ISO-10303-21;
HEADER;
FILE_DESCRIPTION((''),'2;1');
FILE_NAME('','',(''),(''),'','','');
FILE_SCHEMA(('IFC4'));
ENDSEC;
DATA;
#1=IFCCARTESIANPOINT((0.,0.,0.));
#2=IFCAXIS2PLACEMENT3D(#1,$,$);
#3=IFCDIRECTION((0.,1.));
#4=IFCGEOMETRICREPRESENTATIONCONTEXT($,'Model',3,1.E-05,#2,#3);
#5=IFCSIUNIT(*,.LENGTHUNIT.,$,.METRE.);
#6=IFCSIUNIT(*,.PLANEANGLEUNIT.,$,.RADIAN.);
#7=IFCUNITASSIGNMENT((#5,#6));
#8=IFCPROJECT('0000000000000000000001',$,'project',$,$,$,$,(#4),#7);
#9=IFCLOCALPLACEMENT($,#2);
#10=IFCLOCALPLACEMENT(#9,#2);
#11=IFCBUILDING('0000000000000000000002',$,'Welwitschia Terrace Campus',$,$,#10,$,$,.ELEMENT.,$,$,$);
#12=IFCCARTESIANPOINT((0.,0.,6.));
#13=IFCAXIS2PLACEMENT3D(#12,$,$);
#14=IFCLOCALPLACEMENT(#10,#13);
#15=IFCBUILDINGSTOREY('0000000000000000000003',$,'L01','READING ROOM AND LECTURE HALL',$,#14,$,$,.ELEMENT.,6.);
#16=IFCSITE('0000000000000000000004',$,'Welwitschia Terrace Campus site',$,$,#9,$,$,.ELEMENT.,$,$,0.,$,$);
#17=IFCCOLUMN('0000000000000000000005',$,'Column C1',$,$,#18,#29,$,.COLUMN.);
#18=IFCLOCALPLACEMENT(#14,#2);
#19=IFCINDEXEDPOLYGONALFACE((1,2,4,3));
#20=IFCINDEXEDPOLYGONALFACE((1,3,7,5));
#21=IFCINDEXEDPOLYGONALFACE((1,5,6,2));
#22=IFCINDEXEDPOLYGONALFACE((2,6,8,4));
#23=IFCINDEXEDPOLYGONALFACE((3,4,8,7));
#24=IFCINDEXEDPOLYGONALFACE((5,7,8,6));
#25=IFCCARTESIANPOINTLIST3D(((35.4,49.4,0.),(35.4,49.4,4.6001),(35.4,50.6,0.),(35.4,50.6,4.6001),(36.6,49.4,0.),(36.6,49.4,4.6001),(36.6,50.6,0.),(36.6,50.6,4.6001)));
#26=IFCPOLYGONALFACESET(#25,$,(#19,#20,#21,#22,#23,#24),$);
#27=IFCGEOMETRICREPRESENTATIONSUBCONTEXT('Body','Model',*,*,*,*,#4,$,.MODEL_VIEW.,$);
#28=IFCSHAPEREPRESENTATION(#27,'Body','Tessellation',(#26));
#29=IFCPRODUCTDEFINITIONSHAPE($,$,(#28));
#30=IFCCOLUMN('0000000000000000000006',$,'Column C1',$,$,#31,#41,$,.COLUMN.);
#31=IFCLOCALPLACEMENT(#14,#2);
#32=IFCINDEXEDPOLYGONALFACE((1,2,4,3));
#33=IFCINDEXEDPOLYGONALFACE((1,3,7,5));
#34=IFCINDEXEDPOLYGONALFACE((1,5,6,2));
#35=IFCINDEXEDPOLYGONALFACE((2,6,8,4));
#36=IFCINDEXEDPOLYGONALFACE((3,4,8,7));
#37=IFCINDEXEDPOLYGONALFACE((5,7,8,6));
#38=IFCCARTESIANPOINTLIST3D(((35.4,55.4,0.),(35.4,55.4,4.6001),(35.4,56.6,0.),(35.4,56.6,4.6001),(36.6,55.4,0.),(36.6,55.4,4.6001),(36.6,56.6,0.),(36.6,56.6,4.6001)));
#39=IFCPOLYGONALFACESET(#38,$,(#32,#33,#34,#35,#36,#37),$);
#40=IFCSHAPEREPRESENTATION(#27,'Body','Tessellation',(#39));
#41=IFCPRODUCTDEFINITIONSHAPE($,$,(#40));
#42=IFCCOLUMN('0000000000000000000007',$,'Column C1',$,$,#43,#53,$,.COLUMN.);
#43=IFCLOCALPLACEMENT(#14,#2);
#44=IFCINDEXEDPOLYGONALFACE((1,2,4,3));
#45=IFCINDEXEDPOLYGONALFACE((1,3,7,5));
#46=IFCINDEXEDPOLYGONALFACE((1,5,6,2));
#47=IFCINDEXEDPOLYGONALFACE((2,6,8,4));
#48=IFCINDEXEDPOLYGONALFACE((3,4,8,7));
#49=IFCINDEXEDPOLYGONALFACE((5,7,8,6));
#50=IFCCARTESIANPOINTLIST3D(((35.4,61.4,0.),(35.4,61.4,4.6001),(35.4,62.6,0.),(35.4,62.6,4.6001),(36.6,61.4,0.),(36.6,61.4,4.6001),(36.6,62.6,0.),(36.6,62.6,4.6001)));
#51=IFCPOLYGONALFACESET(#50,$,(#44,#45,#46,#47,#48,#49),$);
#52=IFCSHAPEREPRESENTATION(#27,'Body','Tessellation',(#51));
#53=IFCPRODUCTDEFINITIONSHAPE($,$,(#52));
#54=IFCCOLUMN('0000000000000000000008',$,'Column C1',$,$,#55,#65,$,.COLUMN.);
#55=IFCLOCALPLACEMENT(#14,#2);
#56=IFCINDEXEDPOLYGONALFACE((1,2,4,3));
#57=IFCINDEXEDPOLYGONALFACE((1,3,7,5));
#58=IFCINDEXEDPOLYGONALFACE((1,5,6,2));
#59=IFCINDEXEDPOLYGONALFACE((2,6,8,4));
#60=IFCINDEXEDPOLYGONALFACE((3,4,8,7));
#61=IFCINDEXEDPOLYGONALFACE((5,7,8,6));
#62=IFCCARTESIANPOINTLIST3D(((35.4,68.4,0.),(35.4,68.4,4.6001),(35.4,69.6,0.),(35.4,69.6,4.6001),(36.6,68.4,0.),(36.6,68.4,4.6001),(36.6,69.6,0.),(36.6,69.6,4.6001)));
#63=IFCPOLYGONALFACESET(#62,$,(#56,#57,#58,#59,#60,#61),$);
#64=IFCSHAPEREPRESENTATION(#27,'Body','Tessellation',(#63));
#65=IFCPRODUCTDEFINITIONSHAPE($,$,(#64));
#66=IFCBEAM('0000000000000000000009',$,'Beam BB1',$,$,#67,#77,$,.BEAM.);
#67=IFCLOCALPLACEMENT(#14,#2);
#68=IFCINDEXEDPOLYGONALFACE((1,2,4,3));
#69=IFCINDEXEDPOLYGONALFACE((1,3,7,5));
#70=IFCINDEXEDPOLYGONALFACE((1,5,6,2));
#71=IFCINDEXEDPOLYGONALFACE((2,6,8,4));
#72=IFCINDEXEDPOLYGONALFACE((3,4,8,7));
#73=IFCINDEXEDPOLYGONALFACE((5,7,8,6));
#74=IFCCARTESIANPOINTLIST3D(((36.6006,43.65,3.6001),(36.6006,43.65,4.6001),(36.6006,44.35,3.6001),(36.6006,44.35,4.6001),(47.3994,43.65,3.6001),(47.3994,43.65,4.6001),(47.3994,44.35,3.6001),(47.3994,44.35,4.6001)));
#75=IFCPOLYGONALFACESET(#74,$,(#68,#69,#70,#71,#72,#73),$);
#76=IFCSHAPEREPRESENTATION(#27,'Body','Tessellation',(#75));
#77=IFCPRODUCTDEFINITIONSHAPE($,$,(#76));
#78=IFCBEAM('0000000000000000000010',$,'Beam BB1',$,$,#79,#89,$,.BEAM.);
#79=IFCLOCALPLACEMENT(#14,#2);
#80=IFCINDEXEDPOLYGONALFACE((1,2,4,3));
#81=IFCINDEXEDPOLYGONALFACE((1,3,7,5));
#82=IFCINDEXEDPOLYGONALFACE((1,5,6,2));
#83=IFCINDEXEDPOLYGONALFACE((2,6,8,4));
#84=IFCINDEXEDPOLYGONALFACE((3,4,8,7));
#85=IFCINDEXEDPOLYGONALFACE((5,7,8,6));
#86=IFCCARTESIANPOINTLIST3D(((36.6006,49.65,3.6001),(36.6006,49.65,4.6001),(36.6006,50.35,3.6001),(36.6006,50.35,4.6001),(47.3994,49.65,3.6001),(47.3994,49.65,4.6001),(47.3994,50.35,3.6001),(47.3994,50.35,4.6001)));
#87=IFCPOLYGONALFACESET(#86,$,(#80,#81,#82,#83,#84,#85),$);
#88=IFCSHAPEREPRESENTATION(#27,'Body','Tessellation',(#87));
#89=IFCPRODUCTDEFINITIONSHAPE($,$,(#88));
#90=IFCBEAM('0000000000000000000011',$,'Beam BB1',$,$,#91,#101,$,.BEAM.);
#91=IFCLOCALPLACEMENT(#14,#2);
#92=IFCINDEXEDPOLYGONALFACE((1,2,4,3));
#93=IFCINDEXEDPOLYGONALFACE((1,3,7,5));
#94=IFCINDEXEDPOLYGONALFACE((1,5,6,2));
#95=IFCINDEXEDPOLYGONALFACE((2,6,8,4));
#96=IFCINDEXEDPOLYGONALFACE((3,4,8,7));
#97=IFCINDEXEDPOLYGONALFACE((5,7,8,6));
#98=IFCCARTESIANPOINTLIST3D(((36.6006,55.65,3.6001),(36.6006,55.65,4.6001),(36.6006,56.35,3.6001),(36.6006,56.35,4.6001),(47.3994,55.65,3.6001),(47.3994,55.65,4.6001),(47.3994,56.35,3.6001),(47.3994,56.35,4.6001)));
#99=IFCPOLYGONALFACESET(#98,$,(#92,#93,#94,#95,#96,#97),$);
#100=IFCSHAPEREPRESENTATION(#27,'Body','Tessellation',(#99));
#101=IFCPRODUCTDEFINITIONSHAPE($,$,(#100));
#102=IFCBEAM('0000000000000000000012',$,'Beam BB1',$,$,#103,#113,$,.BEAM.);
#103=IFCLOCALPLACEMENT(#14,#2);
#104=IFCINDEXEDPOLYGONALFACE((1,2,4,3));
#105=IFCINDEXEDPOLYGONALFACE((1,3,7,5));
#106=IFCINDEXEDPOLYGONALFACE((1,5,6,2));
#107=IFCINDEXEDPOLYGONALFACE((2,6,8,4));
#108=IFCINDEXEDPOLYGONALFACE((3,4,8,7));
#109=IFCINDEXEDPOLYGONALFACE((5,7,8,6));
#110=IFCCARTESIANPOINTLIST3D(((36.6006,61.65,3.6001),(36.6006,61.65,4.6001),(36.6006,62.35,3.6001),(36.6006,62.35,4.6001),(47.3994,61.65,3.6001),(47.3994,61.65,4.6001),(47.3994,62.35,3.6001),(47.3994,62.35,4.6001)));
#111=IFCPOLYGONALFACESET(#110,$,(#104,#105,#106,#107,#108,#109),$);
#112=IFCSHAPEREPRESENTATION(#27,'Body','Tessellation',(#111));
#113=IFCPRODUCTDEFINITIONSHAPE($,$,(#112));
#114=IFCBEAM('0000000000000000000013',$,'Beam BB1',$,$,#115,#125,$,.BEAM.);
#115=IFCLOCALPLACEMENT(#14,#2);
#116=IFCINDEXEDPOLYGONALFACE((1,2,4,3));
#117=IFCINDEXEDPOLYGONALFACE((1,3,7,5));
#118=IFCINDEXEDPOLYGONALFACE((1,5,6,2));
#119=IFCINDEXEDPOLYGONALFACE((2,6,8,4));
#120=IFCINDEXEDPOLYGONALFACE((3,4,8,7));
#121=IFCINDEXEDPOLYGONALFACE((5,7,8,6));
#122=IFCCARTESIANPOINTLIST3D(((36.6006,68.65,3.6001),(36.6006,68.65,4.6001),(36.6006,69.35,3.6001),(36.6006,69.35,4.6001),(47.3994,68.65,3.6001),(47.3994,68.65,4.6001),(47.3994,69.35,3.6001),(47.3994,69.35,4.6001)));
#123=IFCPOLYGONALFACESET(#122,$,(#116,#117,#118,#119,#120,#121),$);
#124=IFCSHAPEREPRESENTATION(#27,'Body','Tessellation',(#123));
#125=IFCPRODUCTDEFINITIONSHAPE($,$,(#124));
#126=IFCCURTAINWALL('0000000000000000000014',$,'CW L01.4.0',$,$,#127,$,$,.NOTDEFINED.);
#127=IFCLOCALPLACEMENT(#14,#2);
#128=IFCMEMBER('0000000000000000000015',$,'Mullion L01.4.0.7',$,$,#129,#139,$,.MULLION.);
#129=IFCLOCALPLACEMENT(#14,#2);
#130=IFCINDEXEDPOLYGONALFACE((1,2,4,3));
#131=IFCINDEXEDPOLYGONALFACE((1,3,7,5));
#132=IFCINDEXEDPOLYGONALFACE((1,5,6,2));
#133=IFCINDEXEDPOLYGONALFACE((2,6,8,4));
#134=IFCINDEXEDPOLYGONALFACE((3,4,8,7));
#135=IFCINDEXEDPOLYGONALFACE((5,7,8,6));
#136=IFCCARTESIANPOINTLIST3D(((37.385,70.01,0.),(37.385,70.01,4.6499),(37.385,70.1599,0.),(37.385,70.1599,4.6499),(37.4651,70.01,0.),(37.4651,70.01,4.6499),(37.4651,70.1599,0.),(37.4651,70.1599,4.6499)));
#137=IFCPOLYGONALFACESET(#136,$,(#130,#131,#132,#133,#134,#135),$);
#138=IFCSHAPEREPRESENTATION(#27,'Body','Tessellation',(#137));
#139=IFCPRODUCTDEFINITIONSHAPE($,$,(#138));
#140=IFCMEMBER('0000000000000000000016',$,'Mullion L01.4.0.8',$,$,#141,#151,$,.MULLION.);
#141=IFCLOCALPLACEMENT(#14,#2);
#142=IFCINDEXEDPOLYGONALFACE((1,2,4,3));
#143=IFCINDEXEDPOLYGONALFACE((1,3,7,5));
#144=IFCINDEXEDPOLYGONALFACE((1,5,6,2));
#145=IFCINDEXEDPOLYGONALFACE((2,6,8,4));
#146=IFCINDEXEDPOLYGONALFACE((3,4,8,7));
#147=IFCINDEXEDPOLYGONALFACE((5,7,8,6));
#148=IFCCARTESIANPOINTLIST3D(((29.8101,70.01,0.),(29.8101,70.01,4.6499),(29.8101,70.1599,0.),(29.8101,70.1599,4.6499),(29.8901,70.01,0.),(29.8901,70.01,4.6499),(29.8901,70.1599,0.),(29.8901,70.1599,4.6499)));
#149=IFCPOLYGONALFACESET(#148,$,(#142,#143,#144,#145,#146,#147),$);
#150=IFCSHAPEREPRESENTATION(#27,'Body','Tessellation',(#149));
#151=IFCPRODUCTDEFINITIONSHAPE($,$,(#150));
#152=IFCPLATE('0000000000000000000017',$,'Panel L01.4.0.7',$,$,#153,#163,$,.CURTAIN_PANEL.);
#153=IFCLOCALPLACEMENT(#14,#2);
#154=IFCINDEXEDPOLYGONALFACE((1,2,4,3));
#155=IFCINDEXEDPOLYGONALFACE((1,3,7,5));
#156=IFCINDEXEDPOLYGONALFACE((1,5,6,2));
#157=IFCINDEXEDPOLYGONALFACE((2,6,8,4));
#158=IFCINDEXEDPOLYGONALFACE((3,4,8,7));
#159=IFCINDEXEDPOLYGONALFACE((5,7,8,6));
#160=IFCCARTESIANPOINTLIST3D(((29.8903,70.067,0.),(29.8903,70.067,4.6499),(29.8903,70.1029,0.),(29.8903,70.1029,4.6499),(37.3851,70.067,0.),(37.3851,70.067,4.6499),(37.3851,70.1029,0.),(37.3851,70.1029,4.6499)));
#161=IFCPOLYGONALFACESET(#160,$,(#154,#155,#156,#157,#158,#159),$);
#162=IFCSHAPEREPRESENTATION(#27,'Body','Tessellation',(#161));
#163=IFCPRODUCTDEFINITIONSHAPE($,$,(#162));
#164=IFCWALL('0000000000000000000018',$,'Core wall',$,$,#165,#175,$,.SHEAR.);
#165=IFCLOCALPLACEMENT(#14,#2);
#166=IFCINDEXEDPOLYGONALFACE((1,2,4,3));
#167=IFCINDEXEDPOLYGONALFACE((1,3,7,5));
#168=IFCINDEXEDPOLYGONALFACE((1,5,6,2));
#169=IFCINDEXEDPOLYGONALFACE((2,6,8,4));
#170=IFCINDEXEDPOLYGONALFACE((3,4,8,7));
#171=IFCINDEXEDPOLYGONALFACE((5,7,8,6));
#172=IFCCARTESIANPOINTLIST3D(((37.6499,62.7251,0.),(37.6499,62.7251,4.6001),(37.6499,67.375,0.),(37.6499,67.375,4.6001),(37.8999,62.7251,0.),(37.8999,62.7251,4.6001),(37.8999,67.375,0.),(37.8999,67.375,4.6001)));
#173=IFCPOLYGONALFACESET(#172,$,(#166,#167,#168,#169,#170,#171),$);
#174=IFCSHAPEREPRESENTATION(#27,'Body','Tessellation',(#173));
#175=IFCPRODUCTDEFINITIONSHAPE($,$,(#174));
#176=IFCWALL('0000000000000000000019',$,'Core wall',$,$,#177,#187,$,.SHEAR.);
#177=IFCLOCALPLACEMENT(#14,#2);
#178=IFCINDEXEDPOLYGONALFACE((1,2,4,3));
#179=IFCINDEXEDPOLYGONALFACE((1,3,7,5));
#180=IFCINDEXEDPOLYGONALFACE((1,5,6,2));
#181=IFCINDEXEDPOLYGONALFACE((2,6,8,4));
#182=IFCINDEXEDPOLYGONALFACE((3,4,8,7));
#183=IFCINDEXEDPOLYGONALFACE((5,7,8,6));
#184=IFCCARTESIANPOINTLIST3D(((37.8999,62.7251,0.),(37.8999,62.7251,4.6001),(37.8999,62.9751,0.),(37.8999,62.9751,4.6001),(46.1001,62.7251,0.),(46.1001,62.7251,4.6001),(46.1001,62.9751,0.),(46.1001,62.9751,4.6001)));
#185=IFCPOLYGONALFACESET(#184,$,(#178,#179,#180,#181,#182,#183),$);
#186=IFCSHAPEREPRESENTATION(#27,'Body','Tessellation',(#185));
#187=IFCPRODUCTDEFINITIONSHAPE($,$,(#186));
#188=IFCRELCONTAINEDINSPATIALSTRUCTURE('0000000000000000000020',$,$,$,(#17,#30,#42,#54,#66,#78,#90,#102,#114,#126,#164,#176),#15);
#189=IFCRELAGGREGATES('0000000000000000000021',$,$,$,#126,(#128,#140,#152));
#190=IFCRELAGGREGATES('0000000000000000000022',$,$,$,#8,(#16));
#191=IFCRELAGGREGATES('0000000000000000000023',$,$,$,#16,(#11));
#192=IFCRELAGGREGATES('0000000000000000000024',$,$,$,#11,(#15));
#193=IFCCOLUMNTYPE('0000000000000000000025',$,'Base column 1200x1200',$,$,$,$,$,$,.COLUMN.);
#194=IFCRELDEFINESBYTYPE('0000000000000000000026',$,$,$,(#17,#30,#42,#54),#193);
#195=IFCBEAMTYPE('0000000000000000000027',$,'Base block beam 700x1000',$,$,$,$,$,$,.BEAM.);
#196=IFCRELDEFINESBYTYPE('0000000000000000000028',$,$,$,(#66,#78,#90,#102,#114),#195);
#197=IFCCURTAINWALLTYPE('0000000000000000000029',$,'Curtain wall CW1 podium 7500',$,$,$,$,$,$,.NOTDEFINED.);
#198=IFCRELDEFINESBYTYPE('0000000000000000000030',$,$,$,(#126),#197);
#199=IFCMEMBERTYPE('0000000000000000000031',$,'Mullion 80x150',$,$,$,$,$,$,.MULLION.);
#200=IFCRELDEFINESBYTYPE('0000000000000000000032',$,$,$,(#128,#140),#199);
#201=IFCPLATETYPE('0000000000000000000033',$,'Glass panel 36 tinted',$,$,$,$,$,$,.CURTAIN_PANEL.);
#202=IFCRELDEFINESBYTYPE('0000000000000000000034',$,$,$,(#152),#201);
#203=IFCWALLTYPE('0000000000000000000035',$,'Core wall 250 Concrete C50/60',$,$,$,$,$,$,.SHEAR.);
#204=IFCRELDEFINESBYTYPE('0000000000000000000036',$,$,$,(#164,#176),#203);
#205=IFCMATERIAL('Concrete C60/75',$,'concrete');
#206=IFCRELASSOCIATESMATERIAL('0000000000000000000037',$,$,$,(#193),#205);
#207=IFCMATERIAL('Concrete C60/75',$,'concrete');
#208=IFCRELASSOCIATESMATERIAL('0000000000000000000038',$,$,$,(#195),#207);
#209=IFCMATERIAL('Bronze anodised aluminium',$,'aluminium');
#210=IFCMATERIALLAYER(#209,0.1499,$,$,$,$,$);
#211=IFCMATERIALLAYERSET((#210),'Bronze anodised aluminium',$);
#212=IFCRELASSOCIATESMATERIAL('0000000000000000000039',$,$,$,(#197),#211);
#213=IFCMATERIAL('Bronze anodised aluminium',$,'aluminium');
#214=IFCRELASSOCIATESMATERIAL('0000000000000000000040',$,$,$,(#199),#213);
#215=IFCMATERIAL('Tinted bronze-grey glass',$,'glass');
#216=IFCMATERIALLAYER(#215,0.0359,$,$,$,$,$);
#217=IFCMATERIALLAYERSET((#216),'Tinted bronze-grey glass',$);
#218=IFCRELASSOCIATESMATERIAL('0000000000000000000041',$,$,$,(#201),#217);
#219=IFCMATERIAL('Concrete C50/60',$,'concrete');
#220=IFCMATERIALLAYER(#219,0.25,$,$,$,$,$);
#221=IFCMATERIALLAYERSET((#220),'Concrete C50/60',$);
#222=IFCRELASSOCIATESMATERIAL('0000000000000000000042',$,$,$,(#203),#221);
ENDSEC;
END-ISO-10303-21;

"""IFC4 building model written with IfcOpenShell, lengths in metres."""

from ifc_helpers import new_model, si_unit, direction, frame, frame_2d, origin, origin_2d, place, context, subcontext, project, spatial, rectangle, extrude, material, layer, layer_set, material_profile, profile_set, type_object, element, aggregate, save


model = new_model("IFC4")

# Units and contexts
model_context = context("Model", 3, precision=1e-05, world=origin(), true_north=direction((0.0, 1.0)))
body_context = subcontext(model_context, "Body", "Model", "MODEL_VIEW")
ifc_project = project(units=[si_unit("LENGTHUNIT", "METRE"), si_unit("PLANEANGLEUNIT", "RADIAN")], contexts=[model_context])

# Site, building, storey
site_placement = place(None, origin())
site = spatial("IfcSite", under=ifc_project, at=site_placement, Name="Welwitschia Terrace Campus site", CompositionType="ELEMENT", RefElevation=0.0)
building_placement = place(site_placement, origin())
building = spatial("IfcBuilding", under=site, at=building_placement, Name="Welwitschia Terrace Campus", CompositionType="ELEMENT")
storey_placement = place(building_placement, frame((0.0, 0.0, 6.0)))
storey = spatial("IfcBuildingStorey", under=building, at=storey_placement, Name="L01", Description="READING ROOM AND LECTURE HALL", CompositionType="ELEMENT", Elevation=6.0)

# Columns
ifc_material_1 = material(Name="Concrete C60/75", Category="concrete")
ifc_material_profile_1 = material_profile(ifc_material_1, rectangle(XDim=1.2, YDim=1.2, at=origin_2d()))
ifc_profile_set_1 = profile_set([ifc_material_profile_1], Name="Concrete C60/75")
column_type = type_object("IfcColumnType", Name="Base column 1200x1200", PredefinedType="COLUMN", material=ifc_profile_set_1)
for number, where, z_axis, x_axis, name in (
    (1, (36.0, 50.0, 0.0), (0.0, 0.0, 1.0), (1.0, 0.0, 0.0), "Column C1"),
    (2, (36.0, 56.0, 0.0), (0.0, 0.0, 1.0), (1.0, 0.0, 0.0), "Column C1"),
    (3, (36.0, 62.0, 0.0), (0.0, 0.0, 1.0), (1.0, 0.0, 0.0), "Column C1"),
    (4, (36.0, 69.0, 0.0), (0.0, 0.0, 1.0), (1.0, 0.0, 0.0), "Column C1"),
):
    element("IfcColumn", number, at=place(storey_placement, frame(where, z_axis=z_axis, x_axis=x_axis)), inside=storey, type_object=column_type, Name=name, PredefinedType="COLUMN", context=body_context, shape_type="SweptSolid", body=[
        extrude(rectangle(XDim=1.2, YDim=1.2, at=origin_2d()), origin(), (0.0, 0.0, 1.0), 4.6001),
    ])

# Beams
ifc_material_2 = material(Name="Concrete C60/75", Category="concrete")
ifc_material_profile_2 = material_profile(ifc_material_2, rectangle(XDim=0.7, YDim=1.0, at=origin_2d()))
ifc_profile_set_2 = profile_set([ifc_material_profile_2], Name="Concrete C60/75")
beam_type = type_object("IfcBeamType", Name="Base block beam 700x1000", PredefinedType="BEAM", material=ifc_profile_set_2)
for number, where, z_axis, x_axis, name in (
    (5, (36.6006, 44.0, 4.1001), (1.0, 0.0, 0.0), (0.0, 1.0, 0.0), "Beam BB1"),
    (6, (36.6006, 50.0, 4.1001), (1.0, 0.0, 0.0), (0.0, 1.0, 0.0), "Beam BB1"),
    (7, (36.6006, 56.0, 4.1001), (1.0, 0.0, 0.0), (0.0, 1.0, 0.0), "Beam BB1"),
    (8, (36.6006, 62.0, 4.1001), (1.0, 0.0, 0.0), (0.0, 1.0, 0.0), "Beam BB1"),
    (9, (36.6006, 69.0, 4.1001), (1.0, 0.0, 0.0), (0.0, 1.0, 0.0), "Beam BB1"),
):
    element("IfcBeam", number, at=place(storey_placement, frame(where, z_axis=z_axis, x_axis=x_axis)), inside=storey, type_object=beam_type, Name=name, PredefinedType="BEAM", context=body_context, shape_type="SweptSolid", body=[
        extrude(rectangle(XDim=0.7, YDim=1.0, at=origin_2d()), origin(), (0.0, 0.0, 1.0), 10.7988),
    ])

# Curtain wall, members, plate
ifc_material_3 = material(Name="Bronze anodised aluminium", Category="aluminium")
ifc_layer_1 = layer(ifc_material_3, 0.1499)
ifc_layer_set_1 = layer_set([ifc_layer_1], Name="Bronze anodised aluminium")
curtain_wall_type = type_object("IfcCurtainWallType", Name="Curtain wall CW1 podium 7500", PredefinedType="NOTDEFINED", material=ifc_layer_set_1)
curtain_wall_placement = place(storey_placement, origin())
curtain_wall = element("IfcCurtainWall", 10, at=curtain_wall_placement, inside=storey, type_object=curtain_wall_type, Name="CW L01.4.0", PredefinedType="NOTDEFINED")
ifc_material_4 = material(Name="Bronze anodised aluminium", Category="aluminium")
ifc_material_profile_3 = material_profile(ifc_material_4, rectangle(XDim=0.1499, YDim=0.0801, at=origin_2d()))
ifc_profile_set_3 = profile_set([ifc_material_profile_3], Name="Bronze anodised aluminium")
member_type = type_object("IfcMemberType", Name="Mullion 80x150", PredefinedType="MULLION", material=ifc_profile_set_3)
member_1_placement = place(storey_placement, frame((37.425, 70.085, 0.0), z_axis=(0.0, 0.0, 1.0), x_axis=(0.0, -1.0, 0.0)))
member_1 = element("IfcMember", 11, at=member_1_placement, type_object=member_type, Name="Mullion L01.4.0.7", PredefinedType="MULLION", context=body_context, shape_type="SweptSolid", body=[
    extrude(rectangle(XDim=0.1499, YDim=0.0801, at=origin_2d()), origin(), (0.0, 0.0, 1.0), 4.6499),
])
member_2_placement = place(storey_placement, frame((29.8501, 70.085, 0.0), z_axis=(0.0, 0.0, 1.0), x_axis=(0.0, -1.0, 0.0)))
member_2 = element("IfcMember", 12, at=member_2_placement, type_object=member_type, Name="Mullion L01.4.0.8", PredefinedType="MULLION", context=body_context, shape_type="SweptSolid", body=[
    extrude(rectangle(XDim=0.1499, YDim=0.0801, at=origin_2d()), origin(), (0.0, 0.0, 1.0), 4.6499),
])
ifc_material_5 = material(Name="Tinted bronze-grey glass", Category="glass")
ifc_layer_2 = layer(ifc_material_5, 0.0359)
ifc_layer_set_2 = layer_set([ifc_layer_2], Name="Tinted bronze-grey glass")
plate_type = type_object("IfcPlateType", Name="Glass panel 36 tinted", PredefinedType="CURTAIN_PANEL", material=ifc_layer_set_2)
plate_placement = place(storey_placement, frame((33.6377, 70.085, 0.0), z_axis=(0.0, 0.0, 1.0), x_axis=(-1.0, 0.0, 0.0)))
plate = element("IfcPlate", 13, at=plate_placement, type_object=plate_type, Name="Panel L01.4.0.7", PredefinedType="CURTAIN_PANEL", context=body_context, shape_type="SweptSolid", body=[
    extrude(rectangle(XDim=7.4949, YDim=0.0359, at=origin_2d()), origin(), (0.0, 0.0, 1.0), 4.6499),
])
aggregate(curtain_wall, [member_1, member_2, plate])

# Walls
ifc_material_6 = material(Name="Concrete C50/60", Category="concrete")
ifc_layer_3 = layer(ifc_material_6, 0.25)
ifc_layer_set_3 = layer_set([ifc_layer_3], Name="Concrete C50/60")
wall_type_1 = type_object("IfcWallType", Name="Core wall 250 Concrete C50/60", PredefinedType="SHEAR", material=ifc_layer_set_3)
wall_1_placement = place(storey_placement, frame((37.7749, 62.7251, 0.0), z_axis=(0.0, 0.0, 1.0), x_axis=(0.0, 1.0, 0.0)))
element("IfcWall", 14, at=wall_1_placement, inside=storey, type_object=wall_type_1, Name="Core wall", PredefinedType="SHEAR", context=body_context, shape_type="SweptSolid", body=[
    extrude(rectangle(XDim=4.6499, YDim=0.25, at=frame_2d((2.325, 0.0))), origin(), (0.0, 0.0, 1.0), 4.6001),
])
wall_2_placement = place(storey_placement, frame((37.8999, 62.8501, 0.0), z_axis=(0.0, 0.0, 1.0), x_axis=(1.0, 0.0, 0.0)))
element("IfcWall", 15, at=wall_2_placement, inside=storey, type_object=wall_type_1, Name="Core wall", PredefinedType="SHEAR", context=body_context, shape_type="SweptSolid", body=[
    extrude(rectangle(XDim=8.2002, YDim=0.25, at=frame_2d((4.1001, 0.0))), origin(), (0.0, 0.0, 1.0), 4.6001),
])

save(model, "model.ifc")
